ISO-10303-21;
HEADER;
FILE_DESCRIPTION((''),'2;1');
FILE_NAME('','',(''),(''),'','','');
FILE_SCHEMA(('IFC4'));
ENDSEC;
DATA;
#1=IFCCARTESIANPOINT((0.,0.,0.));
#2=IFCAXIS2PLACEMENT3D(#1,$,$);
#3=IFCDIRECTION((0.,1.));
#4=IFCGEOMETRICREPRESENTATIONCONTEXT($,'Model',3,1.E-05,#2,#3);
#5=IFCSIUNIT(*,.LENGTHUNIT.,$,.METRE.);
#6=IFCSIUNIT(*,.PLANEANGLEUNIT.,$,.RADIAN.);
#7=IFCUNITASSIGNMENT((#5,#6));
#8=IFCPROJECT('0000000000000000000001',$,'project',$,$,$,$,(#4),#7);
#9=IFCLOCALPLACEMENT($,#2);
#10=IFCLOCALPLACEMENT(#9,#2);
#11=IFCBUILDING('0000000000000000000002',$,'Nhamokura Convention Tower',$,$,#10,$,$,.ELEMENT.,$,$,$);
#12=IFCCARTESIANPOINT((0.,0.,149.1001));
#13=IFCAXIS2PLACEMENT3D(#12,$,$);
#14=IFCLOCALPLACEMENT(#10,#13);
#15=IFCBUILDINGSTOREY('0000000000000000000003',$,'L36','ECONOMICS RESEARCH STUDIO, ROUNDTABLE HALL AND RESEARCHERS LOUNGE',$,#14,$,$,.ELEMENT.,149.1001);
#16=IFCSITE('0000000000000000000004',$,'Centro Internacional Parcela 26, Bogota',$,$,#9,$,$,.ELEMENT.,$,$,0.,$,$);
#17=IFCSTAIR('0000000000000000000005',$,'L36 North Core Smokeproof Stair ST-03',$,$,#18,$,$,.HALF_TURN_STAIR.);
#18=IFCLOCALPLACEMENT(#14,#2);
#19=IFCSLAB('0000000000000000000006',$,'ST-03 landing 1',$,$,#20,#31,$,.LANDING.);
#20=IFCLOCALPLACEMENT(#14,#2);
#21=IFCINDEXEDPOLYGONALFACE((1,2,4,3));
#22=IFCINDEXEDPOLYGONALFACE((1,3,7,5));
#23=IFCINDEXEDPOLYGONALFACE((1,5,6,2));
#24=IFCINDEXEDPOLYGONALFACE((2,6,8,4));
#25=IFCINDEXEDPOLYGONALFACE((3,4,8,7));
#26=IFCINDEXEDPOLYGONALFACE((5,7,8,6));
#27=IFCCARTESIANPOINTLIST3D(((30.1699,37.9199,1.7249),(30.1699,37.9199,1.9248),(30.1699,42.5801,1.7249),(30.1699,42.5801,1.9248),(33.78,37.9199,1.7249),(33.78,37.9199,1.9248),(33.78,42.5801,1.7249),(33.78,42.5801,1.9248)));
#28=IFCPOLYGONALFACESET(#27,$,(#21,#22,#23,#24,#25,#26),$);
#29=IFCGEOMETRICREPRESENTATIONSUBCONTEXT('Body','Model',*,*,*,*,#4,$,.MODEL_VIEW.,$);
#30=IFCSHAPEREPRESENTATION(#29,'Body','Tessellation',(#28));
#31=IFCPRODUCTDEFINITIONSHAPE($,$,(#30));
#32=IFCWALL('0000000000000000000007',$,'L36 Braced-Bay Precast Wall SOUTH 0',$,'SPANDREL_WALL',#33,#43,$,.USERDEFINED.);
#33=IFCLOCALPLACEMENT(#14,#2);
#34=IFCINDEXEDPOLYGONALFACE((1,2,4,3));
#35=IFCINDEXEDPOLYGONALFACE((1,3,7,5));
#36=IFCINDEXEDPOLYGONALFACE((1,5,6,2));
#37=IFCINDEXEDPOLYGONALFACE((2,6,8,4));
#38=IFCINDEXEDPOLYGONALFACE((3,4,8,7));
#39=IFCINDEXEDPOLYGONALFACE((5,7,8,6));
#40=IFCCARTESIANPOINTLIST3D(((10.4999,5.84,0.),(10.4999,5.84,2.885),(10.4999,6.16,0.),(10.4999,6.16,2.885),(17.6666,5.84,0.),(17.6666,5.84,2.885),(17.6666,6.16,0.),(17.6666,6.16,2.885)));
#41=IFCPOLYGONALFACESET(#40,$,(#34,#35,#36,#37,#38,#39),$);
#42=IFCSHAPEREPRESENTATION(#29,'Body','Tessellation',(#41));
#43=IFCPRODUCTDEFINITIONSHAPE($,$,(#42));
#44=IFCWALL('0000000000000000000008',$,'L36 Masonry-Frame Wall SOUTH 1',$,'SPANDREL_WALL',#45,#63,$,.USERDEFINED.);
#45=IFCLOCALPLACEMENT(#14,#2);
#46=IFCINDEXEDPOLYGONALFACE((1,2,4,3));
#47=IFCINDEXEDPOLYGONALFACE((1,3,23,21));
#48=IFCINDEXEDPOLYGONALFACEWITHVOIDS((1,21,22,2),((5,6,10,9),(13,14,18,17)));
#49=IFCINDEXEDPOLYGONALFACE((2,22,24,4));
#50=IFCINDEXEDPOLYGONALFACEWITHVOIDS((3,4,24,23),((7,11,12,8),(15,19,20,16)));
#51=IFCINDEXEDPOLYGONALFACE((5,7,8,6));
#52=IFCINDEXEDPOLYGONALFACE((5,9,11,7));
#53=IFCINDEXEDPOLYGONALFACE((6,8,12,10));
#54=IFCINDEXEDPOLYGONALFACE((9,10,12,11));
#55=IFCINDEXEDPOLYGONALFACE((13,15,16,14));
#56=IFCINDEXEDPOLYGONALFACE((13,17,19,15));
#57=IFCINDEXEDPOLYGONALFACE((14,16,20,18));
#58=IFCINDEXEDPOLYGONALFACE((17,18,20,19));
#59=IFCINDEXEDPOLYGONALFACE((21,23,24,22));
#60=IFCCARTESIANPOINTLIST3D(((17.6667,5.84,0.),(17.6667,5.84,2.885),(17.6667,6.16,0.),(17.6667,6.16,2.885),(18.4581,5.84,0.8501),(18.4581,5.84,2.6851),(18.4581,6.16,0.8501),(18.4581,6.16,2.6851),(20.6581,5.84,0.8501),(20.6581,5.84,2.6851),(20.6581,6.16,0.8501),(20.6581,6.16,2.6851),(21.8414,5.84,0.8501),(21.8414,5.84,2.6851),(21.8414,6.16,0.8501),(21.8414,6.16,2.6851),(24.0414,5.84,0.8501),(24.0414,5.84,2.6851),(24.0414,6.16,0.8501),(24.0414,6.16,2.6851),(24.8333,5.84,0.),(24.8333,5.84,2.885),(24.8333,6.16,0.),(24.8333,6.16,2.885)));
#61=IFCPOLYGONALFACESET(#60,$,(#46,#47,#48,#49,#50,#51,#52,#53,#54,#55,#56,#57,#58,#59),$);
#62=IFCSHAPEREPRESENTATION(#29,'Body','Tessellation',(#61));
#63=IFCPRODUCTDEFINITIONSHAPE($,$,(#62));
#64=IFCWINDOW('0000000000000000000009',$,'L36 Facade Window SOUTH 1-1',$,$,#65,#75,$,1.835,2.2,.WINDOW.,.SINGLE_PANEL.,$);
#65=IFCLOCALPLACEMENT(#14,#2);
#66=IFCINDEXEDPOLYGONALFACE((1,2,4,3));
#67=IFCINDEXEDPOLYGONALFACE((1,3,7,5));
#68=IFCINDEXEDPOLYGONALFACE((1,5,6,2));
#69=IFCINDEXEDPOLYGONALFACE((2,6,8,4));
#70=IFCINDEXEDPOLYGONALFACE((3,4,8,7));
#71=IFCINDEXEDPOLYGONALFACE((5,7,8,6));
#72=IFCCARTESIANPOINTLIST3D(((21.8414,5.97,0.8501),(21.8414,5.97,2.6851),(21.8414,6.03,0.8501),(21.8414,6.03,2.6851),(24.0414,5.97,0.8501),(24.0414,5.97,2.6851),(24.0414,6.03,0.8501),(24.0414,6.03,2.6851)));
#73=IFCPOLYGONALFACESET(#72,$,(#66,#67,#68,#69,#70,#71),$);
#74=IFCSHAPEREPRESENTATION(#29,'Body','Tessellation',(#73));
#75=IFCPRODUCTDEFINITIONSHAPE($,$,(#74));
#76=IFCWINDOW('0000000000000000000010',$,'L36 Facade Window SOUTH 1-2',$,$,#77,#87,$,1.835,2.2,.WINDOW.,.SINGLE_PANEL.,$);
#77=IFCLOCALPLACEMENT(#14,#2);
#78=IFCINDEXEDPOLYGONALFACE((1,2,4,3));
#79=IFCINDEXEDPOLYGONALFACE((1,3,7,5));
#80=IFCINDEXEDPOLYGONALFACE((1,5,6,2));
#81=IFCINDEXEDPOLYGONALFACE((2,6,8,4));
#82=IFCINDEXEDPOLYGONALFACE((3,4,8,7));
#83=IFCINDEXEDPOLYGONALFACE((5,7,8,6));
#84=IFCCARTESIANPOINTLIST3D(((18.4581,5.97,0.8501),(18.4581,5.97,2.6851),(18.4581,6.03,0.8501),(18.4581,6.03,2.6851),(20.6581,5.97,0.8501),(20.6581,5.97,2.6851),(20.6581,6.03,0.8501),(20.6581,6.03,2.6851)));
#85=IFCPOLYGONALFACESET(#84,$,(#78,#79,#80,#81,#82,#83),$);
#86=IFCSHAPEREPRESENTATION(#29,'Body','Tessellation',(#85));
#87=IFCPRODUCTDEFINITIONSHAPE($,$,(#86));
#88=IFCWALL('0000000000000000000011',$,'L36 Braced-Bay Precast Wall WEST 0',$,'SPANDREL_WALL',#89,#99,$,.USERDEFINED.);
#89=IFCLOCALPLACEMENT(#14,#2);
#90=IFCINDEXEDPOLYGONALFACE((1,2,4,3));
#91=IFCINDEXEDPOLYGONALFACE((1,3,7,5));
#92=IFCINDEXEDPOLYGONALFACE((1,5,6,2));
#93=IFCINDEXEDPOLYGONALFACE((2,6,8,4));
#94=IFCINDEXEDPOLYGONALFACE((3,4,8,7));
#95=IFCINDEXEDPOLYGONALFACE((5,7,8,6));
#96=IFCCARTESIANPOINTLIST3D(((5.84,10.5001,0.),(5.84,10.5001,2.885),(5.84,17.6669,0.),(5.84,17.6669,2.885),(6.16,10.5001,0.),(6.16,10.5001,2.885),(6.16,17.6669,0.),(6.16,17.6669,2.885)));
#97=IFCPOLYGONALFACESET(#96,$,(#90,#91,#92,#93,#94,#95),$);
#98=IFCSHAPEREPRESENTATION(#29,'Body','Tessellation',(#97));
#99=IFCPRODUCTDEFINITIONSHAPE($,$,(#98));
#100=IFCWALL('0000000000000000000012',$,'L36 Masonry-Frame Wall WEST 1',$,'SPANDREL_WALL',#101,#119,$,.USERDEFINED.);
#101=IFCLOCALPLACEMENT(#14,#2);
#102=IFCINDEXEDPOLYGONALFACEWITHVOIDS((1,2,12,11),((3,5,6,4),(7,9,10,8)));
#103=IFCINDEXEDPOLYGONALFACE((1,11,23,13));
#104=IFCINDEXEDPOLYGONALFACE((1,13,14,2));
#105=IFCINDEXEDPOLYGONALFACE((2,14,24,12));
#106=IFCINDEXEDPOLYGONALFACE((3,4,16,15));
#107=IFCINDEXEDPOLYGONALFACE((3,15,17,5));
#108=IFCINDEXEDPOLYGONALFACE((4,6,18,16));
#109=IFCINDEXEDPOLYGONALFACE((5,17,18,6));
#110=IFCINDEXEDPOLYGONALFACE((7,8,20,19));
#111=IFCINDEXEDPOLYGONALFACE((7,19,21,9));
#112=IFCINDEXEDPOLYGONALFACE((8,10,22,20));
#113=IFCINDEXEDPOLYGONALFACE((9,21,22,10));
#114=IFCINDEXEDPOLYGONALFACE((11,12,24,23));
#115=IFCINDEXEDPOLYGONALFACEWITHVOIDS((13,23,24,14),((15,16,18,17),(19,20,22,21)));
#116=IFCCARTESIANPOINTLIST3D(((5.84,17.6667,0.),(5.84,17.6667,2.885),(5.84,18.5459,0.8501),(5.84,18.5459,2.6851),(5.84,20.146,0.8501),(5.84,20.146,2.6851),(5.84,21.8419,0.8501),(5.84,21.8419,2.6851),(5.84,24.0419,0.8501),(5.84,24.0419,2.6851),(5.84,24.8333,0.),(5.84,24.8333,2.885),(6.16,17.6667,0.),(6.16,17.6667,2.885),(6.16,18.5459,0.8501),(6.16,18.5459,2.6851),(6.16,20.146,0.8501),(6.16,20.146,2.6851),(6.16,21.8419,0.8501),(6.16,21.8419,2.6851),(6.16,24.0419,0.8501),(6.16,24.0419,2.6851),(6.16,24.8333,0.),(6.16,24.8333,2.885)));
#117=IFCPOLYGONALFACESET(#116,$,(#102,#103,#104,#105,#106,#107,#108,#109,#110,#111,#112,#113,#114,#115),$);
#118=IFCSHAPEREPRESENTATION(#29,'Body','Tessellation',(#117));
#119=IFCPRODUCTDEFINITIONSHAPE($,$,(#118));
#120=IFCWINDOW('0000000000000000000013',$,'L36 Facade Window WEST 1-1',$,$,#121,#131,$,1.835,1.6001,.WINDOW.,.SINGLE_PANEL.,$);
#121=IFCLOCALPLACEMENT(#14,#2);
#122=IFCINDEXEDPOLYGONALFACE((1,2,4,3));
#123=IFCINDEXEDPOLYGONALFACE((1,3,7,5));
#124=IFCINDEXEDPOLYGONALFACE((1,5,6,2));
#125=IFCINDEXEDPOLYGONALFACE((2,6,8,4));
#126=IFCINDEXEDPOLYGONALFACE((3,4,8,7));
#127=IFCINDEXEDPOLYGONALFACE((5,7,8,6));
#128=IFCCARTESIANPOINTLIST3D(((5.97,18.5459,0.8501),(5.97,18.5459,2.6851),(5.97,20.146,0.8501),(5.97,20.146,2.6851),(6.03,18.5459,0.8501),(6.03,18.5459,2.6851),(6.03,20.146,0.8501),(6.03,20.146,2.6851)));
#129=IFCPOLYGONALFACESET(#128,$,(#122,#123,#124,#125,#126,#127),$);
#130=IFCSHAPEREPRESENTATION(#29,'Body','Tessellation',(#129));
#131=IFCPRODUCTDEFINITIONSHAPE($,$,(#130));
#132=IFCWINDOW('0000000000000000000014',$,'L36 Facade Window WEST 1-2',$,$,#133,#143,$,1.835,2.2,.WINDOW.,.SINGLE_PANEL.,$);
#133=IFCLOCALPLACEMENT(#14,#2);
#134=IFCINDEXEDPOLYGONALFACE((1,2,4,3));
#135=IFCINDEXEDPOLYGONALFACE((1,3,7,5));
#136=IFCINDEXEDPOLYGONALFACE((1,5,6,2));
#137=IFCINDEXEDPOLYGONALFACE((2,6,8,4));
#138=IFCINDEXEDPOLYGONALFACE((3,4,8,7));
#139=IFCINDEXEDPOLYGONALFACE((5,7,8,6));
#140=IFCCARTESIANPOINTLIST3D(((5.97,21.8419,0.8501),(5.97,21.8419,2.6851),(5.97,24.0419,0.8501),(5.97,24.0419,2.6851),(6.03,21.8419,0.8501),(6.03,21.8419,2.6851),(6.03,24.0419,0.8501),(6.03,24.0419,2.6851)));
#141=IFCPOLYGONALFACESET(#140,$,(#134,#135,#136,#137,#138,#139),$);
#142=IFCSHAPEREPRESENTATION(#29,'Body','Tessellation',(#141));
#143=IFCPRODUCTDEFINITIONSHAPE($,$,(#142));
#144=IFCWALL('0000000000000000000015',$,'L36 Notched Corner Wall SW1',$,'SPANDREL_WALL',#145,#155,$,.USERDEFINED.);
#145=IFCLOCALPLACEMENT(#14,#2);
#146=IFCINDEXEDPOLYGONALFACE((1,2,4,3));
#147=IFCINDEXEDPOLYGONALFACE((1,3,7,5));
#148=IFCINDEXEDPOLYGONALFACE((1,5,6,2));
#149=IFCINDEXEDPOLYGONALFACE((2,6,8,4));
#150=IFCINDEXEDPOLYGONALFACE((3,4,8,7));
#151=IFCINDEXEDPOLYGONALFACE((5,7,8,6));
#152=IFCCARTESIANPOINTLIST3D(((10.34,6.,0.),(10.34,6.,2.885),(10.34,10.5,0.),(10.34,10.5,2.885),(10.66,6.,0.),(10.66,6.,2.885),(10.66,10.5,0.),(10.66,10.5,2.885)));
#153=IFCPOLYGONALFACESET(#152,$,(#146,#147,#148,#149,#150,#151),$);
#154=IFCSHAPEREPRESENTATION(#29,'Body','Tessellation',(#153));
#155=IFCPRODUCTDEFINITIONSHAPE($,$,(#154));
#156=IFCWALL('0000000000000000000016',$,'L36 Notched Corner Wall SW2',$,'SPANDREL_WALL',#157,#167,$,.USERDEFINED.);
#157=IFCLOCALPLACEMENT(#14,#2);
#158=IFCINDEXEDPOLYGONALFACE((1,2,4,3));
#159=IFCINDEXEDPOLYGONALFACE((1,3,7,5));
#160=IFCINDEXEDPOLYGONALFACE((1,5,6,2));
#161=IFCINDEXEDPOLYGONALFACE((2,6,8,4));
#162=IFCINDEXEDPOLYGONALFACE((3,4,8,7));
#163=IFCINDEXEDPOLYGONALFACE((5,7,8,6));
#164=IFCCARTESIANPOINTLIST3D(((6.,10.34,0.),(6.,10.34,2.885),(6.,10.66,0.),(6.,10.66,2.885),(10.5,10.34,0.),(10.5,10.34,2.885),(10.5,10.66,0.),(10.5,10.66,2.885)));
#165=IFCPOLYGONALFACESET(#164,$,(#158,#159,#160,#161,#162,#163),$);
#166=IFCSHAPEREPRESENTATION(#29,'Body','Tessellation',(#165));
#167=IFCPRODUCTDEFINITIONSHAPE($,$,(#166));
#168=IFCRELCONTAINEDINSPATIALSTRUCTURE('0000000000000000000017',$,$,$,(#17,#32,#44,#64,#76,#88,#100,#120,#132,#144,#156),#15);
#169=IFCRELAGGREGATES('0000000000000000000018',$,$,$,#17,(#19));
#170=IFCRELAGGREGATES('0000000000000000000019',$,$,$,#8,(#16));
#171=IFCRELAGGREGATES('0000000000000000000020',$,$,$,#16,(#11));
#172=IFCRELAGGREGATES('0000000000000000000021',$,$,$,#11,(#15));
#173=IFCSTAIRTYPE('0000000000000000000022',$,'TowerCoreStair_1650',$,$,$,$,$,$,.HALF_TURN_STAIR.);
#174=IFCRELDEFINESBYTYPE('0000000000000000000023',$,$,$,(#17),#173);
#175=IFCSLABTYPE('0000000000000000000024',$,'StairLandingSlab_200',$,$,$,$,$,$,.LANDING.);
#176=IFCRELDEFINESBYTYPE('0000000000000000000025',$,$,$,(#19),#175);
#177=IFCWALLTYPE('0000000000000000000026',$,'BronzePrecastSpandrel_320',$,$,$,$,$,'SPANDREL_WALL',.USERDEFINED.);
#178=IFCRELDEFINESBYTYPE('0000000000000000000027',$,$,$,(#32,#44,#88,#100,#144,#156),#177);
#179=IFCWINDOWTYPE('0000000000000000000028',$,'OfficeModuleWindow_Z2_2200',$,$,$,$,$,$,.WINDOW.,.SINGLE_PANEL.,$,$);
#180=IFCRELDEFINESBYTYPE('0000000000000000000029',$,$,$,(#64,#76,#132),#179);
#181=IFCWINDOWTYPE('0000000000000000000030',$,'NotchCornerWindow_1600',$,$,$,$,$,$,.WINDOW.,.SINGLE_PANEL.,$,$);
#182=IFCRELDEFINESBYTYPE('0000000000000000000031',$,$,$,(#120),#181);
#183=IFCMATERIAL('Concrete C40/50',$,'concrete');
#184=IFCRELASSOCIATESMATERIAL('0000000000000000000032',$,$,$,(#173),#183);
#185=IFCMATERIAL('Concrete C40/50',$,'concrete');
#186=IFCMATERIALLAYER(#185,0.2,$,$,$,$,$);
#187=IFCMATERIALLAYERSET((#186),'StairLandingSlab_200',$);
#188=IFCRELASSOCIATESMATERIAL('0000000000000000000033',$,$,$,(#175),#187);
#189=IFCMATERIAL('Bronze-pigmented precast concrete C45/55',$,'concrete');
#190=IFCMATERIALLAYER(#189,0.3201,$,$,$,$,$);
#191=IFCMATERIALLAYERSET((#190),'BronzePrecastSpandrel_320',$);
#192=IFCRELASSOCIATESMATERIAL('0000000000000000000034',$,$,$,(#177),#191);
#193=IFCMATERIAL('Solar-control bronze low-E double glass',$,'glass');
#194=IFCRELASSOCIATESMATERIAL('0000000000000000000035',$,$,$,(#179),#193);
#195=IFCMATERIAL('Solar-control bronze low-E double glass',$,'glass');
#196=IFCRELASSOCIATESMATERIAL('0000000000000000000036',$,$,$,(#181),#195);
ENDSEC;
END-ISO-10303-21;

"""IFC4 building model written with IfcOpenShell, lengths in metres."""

from ifc_helpers import new_model, si_unit, direction, frame, frame_2d, origin, place, context, subcontext, project, spatial, polyline, rectangle, outline, extrude, material, layer, layer_set, type_object, element, fill, aggregate, save


model = new_model("IFC4")

# Units and contexts
model_context = context("Model", 3, precision=1e-05, world=origin(), true_north=direction((0.0, 1.0)))
body_context = subcontext(model_context, "Body", "Model", "MODEL_VIEW")
ifc_project = project(units=[si_unit("LENGTHUNIT", "METRE"), si_unit("PLANEANGLEUNIT", "RADIAN")], contexts=[model_context])

# Site, building, storey
site_placement = place(None, origin())
site = spatial("IfcSite", under=ifc_project, at=site_placement, Name="Centro Internacional Parcela 26, Bogota", CompositionType="ELEMENT", RefElevation=0.0)
building_placement = place(site_placement, origin())
building = spatial("IfcBuilding", under=site, at=building_placement, Name="Nhamokura Convention Tower", CompositionType="ELEMENT")
storey_placement = place(building_placement, frame((0.0, 0.0, 149.1001)))
storey = spatial("IfcBuildingStorey", under=building, at=storey_placement, Name="L36", Description="ECONOMICS RESEARCH STUDIO, ROUNDTABLE HALL AND RESEARCHERS LOUNGE", CompositionType="ELEMENT", Elevation=149.1001)

# Stair, slab
ifc_material_1 = material(Name="Concrete C40/50", Category="concrete")
stair_type = type_object("IfcStairType", Name="TowerCoreStair_1650", PredefinedType="HALF_TURN_STAIR", material=ifc_material_1)
ifc_material_2 = material(Name="Concrete C40/50", Category="concrete")
ifc_layer_1 = layer(ifc_material_2, 0.2)
ifc_layer_set_1 = layer_set([ifc_layer_1], Name="StairLandingSlab_200")
slab_type_1 = type_object("IfcSlabType", Name="StairLandingSlab_200", PredefinedType="LANDING", material=ifc_layer_set_1)
stair_1_placement = place(storey_placement, origin())
stair_1 = element("IfcStair", 1, at=stair_1_placement, inside=storey, type_object=stair_type, Name="L36 North Core Smokeproof Stair ST-03", PredefinedType="HALF_TURN_STAIR")
slab_1_placement = place(storey_placement, frame((0.0, 0.0, 1.7249)))
slab_1 = element("IfcSlab", 2, at=slab_1_placement, type_object=slab_type_1, Name="ST-03 landing 1", PredefinedType="LANDING", context=body_context, shape_type="SweptSolid", body=[
    extrude(outline(polyline([(33.78, 37.9199), (33.78, 42.5801), (30.1699, 42.5801), (30.1699, 37.9199), (33.78, 37.9199)])), origin(), (0.0, 0.0, 1.0), 0.2),
])
aggregate(stair_1, [slab_1])

# Wall
ifc_material_3 = material(Name="Bronze-pigmented precast concrete C45/55", Category="concrete")
ifc_layer_2 = layer(ifc_material_3, 0.3201)
ifc_layer_set_2 = layer_set([ifc_layer_2], Name="BronzePrecastSpandrel_320")
wall_type = type_object("IfcWallType", Name="BronzePrecastSpandrel_320", ElementType="SPANDREL_WALL", PredefinedType="USERDEFINED", material=ifc_layer_set_2)
wall_1_placement = place(storey_placement, frame((17.6667, 6.0, 0.0), z_axis=(0.0, 0.0, 1.0), x_axis=(-1.0, 0.0, 0.0)))
element("IfcWall", 3, at=wall_1_placement, inside=storey, type_object=wall_type, Name="L36 Braced-Bay Precast Wall SOUTH 0", ObjectType="SPANDREL_WALL", PredefinedType="USERDEFINED", context=body_context, shape_type="SweptSolid", body=[
    extrude(rectangle(XDim=7.1667, YDim=0.3201, at=frame_2d((3.5835, 0.0))), origin(), (0.0, 0.0, 1.0), 2.885),
])

# Wall, openings, windows
wall_2_placement = place(storey_placement, frame((24.8333, 6.0, 0.0), z_axis=(0.0, 0.0, 1.0), x_axis=(-1.0, 0.0, 0.0)))
wall_2 = element("IfcWall", 4, at=wall_2_placement, inside=storey, type_object=wall_type, Name="L36 Masonry-Frame Wall SOUTH 1", ObjectType="SPANDREL_WALL", PredefinedType="USERDEFINED", context=body_context, shape_type="SweptSolid", body=[
    extrude(rectangle(XDim=7.1665, YDim=0.3201, at=frame_2d((3.5833, 0.0))), origin(), (0.0, 0.0, 1.0), 2.885),
])
opening_1_placement = place(wall_2_placement, frame((0.7917, 0.0, 0.8501)))
opening_1 = element("IfcOpeningElement", 5, at=opening_1_placement, cuts=wall_2, PredefinedType="OPENING", context=body_context, shape_type="SweptSolid", body=[
    extrude(rectangle(XDim=2.2, YDim=1.835, at=frame_2d((1.1001, 0.9175))), frame((0.0, 0.1699, 0.0), z_axis=(0.0, -1.0, 0.0), x_axis=(1.0, 0.0, 0.0)), (0.0, 0.0, 1.0), 0.3401),
])
opening_2_placement = place(wall_2_placement, frame((4.175, 0.0, 0.8501)))
opening_2 = element("IfcOpeningElement", 6, at=opening_2_placement, cuts=wall_2, PredefinedType="OPENING", context=body_context, shape_type="SweptSolid", body=[
    extrude(rectangle(XDim=2.2, YDim=1.835, at=frame_2d((1.1001, 0.9175))), frame((0.0, 0.1699, 0.0), z_axis=(0.0, -1.0, 0.0), x_axis=(1.0, 0.0, 0.0)), (0.0, 0.0, 1.0), 0.3401),
])
ifc_material_4 = material(Name="Solar-control bronze low-E double glass", Category="glass")
window_type_1 = type_object("IfcWindowType", Name="OfficeModuleWindow_Z2_2200", PartitioningType="SINGLE_PANEL", PredefinedType="WINDOW", material=ifc_material_4)
window_1_placement = place(opening_1_placement, origin())
window_1 = element("IfcWindow", 7, at=window_1_placement, inside=storey, type_object=window_type_1, Name="L36 Facade Window SOUTH 1-1", OverallHeight=1.835, OverallWidth=2.2, PartitioningType="SINGLE_PANEL", PredefinedType="WINDOW", context=body_context, shape_type="SweptSolid", body=[
    extrude(rectangle(XDim=2.2, YDim=1.835, at=frame_2d((1.1001, 0.9175))), frame((0.0, 0.03, 0.0), z_axis=(0.0, -1.0, 0.0), x_axis=(1.0, 0.0, 0.0)), (0.0, 0.0, 1.0), 0.0601),
])
fill(opening_1, window_1)
window_2_placement = place(opening_2_placement, origin())
window_2 = element("IfcWindow", 8, at=window_2_placement, inside=storey, type_object=window_type_1, Name="L36 Facade Window SOUTH 1-2", OverallHeight=1.835, OverallWidth=2.2, PartitioningType="SINGLE_PANEL", PredefinedType="WINDOW", context=body_context, shape_type="SweptSolid", body=[
    extrude(rectangle(XDim=2.2, YDim=1.835, at=frame_2d((1.1001, 0.9175))), frame((0.0, 0.03, 0.0), z_axis=(0.0, -1.0, 0.0), x_axis=(1.0, 0.0, 0.0)), (0.0, 0.0, 1.0), 0.0601),
])
fill(opening_2, window_2)

# Wall
wall_3_placement = place(storey_placement, frame((6.0, 10.5, 0.0), z_axis=(0.0, 0.0, 1.0), x_axis=(0.0, 1.0, 0.0)))
element("IfcWall", 9, at=wall_3_placement, inside=storey, type_object=wall_type, Name="L36 Braced-Bay Precast Wall WEST 0", ObjectType="SPANDREL_WALL", PredefinedType="USERDEFINED", context=body_context, shape_type="SweptSolid", body=[
    extrude(rectangle(XDim=7.1667, YDim=0.3201, at=frame_2d((3.5835, 0.0))), origin(), (0.0, 0.0, 1.0), 2.885),
])

# Wall, openings, windows
wall_4_placement = place(storey_placement, frame((6.0, 17.6667, 0.0), z_axis=(0.0, 0.0, 1.0), x_axis=(0.0, 1.0, 0.0)))
wall_4 = element("IfcWall", 10, at=wall_4_placement, inside=storey, type_object=wall_type, Name="L36 Masonry-Frame Wall WEST 1", ObjectType="SPANDREL_WALL", PredefinedType="USERDEFINED", context=body_context, shape_type="SweptSolid", body=[
    extrude(rectangle(XDim=7.1665, YDim=0.3201, at=frame_2d((3.5833, 0.0))), origin(), (0.0, 0.0, 1.0), 2.885),
])
opening_3_placement = place(wall_4_placement, frame((0.8792, 0.0, 0.8501)))
opening_3 = element("IfcOpeningElement", 11, at=opening_3_placement, cuts=wall_4, PredefinedType="OPENING", context=body_context, shape_type="SweptSolid", body=[
    extrude(rectangle(XDim=1.6001, YDim=1.835, at=frame_2d((0.8, 0.9175))), frame((0.0, 0.1699, 0.0), z_axis=(0.0, -1.0, 0.0), x_axis=(1.0, 0.0, 0.0)), (0.0, 0.0, 1.0), 0.3401),
])
opening_4_placement = place(wall_4_placement, frame((4.175, 0.0, 0.8501)))
opening_4 = element("IfcOpeningElement", 12, at=opening_4_placement, cuts=wall_4, PredefinedType="OPENING", context=body_context, shape_type="SweptSolid", body=[
    extrude(rectangle(XDim=2.2, YDim=1.835, at=frame_2d((1.1001, 0.9175))), frame((0.0, 0.1699, 0.0), z_axis=(0.0, -1.0, 0.0), x_axis=(1.0, 0.0, 0.0)), (0.0, 0.0, 1.0), 0.3401),
])
ifc_material_5 = material(Name="Solar-control bronze low-E double glass", Category="glass")
window_type_2 = type_object("IfcWindowType", Name="NotchCornerWindow_1600", PartitioningType="SINGLE_PANEL", PredefinedType="WINDOW", material=ifc_material_5)
window_3_placement = place(opening_3_placement, origin())
window_3 = element("IfcWindow", 13, at=window_3_placement, inside=storey, type_object=window_type_2, Name="L36 Facade Window WEST 1-1", OverallHeight=1.835, OverallWidth=1.6001, PartitioningType="SINGLE_PANEL", PredefinedType="WINDOW", context=body_context, shape_type="SweptSolid", body=[
    extrude(rectangle(XDim=1.6001, YDim=1.835, at=frame_2d((0.8, 0.9175))), frame((0.0, 0.03, 0.0), z_axis=(0.0, -1.0, 0.0), x_axis=(1.0, 0.0, 0.0)), (0.0, 0.0, 1.0), 0.0601),
])
fill(opening_3, window_3)
window_4_placement = place(opening_4_placement, origin())
window_4 = element("IfcWindow", 14, at=window_4_placement, inside=storey, type_object=window_type_1, Name="L36 Facade Window WEST 1-2", OverallHeight=1.835, OverallWidth=2.2, PartitioningType="SINGLE_PANEL", PredefinedType="WINDOW", context=body_context, shape_type="SweptSolid", body=[
    extrude(rectangle(XDim=2.2, YDim=1.835, at=frame_2d((1.1001, 0.9175))), frame((0.0, 0.03, 0.0), z_axis=(0.0, -1.0, 0.0), x_axis=(1.0, 0.0, 0.0)), (0.0, 0.0, 1.0), 0.0601),
])
fill(opening_4, window_4)

# Walls
for number, where, z_axis, x_axis, name in (
    (15, (10.5, 6.0, 0.0), (0.0, 0.0, 1.0), (0.0, 1.0, 0.0), "L36 Notched Corner Wall SW1"),
    (16, (10.5, 10.5, 0.0), (0.0, 0.0, 1.0), (-1.0, 0.0, 0.0), "L36 Notched Corner Wall SW2"),
):
    element("IfcWall", number, at=place(storey_placement, frame(where, z_axis=z_axis, x_axis=x_axis)), inside=storey, type_object=wall_type, Name=name, ObjectType="SPANDREL_WALL", PredefinedType="USERDEFINED", context=body_context, shape_type="SweptSolid", body=[
        extrude(rectangle(XDim=4.5, YDim=0.3201, at=frame_2d((2.25, 0.0))), origin(), (0.0, 0.0, 1.0), 2.885),
    ])

save(model, "model.ifc")
